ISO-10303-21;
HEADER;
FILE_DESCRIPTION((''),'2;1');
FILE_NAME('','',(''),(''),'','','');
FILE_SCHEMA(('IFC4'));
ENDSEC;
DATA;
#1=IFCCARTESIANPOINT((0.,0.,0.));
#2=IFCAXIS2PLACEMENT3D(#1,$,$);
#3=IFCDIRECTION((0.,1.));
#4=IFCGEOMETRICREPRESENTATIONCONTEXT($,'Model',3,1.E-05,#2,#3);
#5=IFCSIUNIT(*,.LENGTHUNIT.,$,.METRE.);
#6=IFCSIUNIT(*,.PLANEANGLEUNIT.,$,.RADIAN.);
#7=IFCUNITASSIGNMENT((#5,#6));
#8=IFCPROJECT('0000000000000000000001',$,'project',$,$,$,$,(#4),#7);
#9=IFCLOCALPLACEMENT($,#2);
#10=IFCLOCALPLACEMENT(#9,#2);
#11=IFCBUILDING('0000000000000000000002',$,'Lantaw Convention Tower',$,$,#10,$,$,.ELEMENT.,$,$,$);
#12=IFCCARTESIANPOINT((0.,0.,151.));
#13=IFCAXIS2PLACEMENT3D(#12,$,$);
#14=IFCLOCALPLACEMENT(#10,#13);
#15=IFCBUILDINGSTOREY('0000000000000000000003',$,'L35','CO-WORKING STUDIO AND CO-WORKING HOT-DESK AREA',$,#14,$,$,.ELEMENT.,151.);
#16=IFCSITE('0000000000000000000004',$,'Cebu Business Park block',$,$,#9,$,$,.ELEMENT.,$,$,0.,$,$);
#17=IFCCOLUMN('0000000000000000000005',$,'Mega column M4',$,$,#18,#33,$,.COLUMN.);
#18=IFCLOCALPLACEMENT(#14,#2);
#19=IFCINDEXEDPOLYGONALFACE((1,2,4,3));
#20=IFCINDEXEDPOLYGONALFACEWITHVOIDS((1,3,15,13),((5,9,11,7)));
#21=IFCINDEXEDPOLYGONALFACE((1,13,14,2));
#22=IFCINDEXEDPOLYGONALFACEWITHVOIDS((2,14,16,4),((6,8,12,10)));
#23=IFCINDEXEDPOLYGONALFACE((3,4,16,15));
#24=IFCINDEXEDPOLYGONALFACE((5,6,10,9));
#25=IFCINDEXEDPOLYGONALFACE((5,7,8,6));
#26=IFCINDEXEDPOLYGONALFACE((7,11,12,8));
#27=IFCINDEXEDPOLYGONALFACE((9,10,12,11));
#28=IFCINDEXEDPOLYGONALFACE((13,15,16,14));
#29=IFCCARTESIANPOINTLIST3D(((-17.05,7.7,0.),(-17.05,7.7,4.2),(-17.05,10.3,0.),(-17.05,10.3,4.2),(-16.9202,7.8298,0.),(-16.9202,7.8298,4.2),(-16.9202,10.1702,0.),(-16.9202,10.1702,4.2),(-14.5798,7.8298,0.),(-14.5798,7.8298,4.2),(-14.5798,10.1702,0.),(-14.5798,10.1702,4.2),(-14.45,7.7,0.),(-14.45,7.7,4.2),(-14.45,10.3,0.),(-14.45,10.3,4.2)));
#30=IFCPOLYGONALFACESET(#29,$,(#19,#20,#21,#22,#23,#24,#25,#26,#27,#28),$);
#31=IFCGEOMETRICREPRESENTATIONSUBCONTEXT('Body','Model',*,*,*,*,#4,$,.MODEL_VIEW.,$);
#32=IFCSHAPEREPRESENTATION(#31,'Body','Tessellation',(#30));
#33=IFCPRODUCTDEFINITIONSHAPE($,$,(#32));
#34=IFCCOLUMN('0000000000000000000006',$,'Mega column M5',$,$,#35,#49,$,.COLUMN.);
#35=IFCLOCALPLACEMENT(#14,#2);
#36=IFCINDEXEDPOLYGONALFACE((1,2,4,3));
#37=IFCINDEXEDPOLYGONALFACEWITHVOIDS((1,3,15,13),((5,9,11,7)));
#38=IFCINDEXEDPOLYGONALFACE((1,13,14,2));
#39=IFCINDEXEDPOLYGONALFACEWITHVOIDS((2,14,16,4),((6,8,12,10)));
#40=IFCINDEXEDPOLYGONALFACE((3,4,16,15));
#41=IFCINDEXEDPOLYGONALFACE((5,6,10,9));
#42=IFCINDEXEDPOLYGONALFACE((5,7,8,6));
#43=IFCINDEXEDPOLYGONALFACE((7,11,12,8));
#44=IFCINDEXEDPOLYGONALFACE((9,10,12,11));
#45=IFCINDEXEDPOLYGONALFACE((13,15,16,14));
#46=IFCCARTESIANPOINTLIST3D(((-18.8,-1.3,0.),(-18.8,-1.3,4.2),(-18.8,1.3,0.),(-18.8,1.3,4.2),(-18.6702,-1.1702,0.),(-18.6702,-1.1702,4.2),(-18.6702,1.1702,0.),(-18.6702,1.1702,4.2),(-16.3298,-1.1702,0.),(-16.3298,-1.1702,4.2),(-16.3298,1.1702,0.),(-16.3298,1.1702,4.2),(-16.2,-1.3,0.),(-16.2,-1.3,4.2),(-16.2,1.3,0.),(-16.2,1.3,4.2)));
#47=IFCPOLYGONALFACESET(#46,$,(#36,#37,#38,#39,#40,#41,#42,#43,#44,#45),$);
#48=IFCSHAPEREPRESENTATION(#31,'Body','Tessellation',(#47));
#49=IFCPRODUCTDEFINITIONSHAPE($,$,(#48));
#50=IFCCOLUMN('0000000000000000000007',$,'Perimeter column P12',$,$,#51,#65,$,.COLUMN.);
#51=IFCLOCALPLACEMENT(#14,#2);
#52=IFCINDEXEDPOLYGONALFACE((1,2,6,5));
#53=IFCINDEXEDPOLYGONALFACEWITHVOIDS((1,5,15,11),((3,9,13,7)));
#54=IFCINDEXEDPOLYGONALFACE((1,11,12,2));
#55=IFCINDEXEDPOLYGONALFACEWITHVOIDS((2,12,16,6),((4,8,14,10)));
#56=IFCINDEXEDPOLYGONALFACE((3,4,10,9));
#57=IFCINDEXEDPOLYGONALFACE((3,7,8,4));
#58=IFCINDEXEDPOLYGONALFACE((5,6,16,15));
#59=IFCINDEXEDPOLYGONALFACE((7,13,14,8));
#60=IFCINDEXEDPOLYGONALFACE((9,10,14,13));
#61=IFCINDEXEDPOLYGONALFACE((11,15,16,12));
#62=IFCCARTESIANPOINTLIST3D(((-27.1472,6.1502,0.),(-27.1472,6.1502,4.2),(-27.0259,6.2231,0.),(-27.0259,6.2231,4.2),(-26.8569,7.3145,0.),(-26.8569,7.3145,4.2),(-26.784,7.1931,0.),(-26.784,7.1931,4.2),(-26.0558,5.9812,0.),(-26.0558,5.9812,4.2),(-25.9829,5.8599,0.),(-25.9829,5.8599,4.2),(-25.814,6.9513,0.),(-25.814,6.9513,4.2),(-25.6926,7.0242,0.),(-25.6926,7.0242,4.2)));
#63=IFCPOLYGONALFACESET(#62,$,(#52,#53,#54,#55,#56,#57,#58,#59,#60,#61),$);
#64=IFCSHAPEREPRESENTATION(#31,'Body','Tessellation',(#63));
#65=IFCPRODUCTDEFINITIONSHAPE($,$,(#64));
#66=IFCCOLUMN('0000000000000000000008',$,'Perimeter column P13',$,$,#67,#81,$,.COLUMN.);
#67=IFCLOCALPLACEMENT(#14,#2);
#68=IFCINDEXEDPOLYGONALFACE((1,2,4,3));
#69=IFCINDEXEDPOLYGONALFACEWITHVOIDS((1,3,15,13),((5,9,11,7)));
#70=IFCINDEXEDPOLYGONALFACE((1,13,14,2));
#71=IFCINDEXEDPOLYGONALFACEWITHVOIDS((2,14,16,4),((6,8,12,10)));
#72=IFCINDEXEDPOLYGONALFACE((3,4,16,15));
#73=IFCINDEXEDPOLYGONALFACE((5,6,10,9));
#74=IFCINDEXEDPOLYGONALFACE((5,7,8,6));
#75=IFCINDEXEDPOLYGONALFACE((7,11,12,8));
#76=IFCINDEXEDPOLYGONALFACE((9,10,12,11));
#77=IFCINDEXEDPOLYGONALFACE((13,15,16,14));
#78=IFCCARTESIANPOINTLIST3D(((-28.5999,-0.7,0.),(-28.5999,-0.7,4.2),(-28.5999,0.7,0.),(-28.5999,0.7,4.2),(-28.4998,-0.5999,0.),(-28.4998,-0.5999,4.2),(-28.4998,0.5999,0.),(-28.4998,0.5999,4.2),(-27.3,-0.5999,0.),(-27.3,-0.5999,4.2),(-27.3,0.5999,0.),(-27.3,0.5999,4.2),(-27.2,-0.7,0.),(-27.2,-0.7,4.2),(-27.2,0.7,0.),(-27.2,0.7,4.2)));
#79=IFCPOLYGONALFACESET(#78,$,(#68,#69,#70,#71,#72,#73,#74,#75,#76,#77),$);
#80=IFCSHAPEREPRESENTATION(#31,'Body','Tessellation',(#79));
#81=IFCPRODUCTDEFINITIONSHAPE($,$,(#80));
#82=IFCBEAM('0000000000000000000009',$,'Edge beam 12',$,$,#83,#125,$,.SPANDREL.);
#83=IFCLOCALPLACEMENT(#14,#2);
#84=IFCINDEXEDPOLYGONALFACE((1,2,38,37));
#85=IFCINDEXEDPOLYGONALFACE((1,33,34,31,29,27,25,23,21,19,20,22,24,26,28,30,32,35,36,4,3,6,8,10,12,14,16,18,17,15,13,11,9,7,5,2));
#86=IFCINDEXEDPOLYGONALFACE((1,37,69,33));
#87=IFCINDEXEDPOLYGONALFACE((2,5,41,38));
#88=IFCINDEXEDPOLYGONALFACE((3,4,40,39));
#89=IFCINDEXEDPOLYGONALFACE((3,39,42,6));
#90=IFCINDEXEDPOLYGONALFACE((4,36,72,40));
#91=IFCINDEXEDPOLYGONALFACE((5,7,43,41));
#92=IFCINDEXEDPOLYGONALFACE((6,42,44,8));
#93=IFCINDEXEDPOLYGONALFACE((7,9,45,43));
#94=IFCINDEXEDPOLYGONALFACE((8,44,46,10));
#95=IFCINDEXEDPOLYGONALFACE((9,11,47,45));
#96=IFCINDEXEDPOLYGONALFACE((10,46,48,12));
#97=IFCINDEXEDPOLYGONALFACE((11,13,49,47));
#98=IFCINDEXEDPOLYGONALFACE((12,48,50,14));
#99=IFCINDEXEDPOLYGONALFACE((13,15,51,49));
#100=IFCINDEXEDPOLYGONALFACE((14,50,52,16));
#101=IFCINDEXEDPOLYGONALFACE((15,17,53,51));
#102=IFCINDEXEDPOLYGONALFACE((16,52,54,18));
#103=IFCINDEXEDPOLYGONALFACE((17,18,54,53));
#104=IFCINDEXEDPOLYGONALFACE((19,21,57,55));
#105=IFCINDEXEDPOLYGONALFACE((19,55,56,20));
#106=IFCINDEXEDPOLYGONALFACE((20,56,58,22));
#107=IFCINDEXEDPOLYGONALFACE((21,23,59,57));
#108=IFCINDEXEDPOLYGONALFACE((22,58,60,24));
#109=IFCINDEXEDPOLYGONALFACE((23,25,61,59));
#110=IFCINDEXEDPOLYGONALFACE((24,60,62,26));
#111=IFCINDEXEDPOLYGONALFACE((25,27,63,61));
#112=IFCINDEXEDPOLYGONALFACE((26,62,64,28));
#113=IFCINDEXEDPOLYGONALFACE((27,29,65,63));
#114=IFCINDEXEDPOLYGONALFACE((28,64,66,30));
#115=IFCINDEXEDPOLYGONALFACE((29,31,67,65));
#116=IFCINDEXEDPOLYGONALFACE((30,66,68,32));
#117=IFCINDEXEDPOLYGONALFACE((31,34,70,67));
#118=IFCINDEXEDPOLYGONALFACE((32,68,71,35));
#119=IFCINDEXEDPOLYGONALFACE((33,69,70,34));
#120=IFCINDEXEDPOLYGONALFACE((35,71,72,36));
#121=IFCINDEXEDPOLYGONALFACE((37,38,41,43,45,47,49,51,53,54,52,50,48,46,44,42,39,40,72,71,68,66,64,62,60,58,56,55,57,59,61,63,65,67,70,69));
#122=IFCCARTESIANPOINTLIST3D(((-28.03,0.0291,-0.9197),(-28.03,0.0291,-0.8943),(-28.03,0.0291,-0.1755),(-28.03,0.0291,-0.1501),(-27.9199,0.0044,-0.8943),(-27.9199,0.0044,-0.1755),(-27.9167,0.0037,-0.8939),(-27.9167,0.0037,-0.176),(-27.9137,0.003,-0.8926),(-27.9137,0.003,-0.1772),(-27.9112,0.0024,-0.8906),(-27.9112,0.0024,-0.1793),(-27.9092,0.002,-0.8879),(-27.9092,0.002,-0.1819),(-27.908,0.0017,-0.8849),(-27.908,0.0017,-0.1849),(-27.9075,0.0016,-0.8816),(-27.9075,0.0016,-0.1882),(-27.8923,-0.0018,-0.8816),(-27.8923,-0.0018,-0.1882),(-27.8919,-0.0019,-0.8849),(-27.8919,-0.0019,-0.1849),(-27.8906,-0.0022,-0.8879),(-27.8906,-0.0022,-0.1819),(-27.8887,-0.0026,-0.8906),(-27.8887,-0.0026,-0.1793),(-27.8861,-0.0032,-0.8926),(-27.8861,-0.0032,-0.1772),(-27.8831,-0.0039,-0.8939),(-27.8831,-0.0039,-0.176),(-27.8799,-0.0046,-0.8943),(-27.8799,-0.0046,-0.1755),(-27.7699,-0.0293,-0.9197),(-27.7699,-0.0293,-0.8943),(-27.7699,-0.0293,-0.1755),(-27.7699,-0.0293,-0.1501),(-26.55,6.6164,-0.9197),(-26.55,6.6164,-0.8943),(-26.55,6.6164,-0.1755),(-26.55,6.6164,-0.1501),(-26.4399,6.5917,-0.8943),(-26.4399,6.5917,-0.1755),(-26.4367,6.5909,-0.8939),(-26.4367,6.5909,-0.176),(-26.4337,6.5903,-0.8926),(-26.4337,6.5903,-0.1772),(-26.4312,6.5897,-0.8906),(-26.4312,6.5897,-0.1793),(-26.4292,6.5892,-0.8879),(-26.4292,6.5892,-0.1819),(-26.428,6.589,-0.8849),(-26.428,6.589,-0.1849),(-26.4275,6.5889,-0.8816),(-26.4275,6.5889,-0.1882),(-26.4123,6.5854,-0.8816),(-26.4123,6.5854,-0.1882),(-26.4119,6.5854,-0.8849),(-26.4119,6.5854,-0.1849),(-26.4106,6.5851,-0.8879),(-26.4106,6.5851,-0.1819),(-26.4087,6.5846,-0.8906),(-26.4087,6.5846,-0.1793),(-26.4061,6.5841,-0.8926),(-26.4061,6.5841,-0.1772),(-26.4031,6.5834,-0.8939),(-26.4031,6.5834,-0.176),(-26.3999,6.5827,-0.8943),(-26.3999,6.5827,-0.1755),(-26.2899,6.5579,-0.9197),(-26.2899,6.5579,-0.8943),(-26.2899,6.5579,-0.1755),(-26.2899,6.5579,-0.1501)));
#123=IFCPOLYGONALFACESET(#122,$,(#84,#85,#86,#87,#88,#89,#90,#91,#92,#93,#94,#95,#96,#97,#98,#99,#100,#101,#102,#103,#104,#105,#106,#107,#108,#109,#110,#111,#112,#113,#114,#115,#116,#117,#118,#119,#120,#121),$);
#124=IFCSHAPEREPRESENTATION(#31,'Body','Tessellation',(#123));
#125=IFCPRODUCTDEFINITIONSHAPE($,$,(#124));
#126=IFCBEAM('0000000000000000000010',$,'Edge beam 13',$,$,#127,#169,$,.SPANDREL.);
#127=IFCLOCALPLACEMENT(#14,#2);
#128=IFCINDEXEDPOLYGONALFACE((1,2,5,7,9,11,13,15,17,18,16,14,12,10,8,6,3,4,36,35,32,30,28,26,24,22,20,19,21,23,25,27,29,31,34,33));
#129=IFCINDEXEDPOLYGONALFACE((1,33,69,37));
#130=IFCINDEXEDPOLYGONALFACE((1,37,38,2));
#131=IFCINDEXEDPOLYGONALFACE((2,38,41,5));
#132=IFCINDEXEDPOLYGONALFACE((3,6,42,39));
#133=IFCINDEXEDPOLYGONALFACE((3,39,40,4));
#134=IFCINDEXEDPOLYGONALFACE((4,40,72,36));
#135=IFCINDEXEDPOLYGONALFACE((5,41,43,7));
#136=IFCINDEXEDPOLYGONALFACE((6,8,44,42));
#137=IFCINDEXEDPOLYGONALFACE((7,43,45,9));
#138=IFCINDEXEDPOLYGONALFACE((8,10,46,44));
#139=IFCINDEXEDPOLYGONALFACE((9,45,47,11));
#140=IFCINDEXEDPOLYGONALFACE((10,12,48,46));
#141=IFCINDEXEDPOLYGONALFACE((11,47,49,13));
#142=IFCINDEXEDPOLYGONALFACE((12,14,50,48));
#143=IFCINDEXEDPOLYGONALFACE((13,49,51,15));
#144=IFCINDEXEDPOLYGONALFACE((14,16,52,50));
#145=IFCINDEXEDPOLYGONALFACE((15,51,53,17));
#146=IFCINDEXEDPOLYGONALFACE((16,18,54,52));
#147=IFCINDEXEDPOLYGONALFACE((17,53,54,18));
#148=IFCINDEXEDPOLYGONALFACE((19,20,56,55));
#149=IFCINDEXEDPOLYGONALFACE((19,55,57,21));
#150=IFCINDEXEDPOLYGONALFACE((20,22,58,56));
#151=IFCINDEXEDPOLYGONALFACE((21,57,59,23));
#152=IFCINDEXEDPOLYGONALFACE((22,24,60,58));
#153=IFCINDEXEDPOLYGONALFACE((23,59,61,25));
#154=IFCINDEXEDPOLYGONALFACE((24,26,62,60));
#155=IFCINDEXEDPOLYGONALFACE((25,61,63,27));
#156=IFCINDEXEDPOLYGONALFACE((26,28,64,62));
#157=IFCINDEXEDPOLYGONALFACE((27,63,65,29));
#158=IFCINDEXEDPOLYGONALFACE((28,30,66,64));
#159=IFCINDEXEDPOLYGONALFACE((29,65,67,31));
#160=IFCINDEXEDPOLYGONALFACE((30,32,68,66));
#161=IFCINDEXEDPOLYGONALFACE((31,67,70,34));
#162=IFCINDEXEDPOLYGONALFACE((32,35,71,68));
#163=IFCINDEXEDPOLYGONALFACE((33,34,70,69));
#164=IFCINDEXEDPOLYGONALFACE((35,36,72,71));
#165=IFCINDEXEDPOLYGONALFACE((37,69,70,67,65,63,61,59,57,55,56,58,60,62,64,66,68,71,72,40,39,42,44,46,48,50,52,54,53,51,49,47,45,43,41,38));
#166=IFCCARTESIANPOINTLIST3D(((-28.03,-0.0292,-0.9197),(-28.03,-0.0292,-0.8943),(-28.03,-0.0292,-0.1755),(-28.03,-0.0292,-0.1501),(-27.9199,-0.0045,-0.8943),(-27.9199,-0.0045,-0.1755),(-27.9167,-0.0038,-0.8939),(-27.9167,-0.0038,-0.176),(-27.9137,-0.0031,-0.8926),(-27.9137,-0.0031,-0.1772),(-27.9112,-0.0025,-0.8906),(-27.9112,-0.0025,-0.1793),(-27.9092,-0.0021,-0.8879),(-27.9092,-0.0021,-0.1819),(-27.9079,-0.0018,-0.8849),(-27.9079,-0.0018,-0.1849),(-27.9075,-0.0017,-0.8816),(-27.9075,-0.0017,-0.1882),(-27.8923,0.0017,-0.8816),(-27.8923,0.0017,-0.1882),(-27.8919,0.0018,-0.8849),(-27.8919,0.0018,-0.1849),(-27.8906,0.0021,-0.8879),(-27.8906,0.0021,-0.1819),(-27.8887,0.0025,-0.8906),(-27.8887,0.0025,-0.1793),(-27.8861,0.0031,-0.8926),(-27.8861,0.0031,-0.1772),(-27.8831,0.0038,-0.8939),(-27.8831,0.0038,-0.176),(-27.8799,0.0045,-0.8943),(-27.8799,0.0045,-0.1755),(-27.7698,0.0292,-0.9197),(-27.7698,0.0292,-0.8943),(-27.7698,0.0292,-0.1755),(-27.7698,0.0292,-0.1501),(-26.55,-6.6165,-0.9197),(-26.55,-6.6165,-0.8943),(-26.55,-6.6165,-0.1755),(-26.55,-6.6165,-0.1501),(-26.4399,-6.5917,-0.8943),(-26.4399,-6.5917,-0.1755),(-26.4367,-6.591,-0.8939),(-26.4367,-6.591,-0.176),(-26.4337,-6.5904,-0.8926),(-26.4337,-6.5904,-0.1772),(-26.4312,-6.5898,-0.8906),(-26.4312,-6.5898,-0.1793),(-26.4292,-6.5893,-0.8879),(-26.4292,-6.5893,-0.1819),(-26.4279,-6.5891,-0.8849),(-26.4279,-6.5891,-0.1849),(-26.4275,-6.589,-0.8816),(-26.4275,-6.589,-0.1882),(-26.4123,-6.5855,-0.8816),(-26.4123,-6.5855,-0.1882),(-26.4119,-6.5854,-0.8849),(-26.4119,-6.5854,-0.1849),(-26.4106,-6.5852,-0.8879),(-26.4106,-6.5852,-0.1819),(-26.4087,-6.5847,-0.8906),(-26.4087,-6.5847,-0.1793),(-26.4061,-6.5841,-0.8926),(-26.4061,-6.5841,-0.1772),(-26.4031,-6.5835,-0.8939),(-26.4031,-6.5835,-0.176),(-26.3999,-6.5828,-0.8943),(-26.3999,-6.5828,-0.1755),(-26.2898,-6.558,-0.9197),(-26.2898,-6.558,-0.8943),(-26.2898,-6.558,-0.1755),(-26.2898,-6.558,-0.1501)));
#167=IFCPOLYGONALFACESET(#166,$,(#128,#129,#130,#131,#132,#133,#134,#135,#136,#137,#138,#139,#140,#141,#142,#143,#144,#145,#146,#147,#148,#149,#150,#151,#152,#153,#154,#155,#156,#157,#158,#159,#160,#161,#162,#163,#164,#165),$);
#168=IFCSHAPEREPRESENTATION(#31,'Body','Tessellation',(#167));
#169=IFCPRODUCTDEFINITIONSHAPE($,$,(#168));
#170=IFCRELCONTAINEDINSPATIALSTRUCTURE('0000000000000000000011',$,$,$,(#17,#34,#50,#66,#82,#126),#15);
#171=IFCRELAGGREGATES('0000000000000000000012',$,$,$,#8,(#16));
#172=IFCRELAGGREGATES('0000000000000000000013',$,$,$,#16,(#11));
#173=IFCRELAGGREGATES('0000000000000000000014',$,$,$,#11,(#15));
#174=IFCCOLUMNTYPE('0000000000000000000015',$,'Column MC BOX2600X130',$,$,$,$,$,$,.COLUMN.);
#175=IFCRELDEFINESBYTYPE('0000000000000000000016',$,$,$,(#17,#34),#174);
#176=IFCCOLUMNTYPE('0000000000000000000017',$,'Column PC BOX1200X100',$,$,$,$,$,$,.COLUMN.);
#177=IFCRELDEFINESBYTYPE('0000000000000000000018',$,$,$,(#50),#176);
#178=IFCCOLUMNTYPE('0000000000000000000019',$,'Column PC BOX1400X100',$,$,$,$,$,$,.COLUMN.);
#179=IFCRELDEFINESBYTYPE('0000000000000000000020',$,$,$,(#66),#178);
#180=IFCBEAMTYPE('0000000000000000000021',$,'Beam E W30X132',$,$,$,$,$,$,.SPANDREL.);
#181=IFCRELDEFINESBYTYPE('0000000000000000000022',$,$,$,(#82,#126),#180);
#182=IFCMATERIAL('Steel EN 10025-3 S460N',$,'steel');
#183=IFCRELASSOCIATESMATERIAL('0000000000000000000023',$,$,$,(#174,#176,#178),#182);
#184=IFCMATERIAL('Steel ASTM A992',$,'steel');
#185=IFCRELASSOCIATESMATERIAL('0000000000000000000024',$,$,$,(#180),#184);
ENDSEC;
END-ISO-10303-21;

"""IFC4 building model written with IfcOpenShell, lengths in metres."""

from ifc_helpers import new_model, si_unit, direction, frame, origin, origin_2d, place, context, subcontext, project, spatial, rectangle, hollow_rectangle, i_section, extrude, material, material_profile, profile_set, type_object, element, save


model = new_model("IFC4")

# Units and contexts
model_context = context("Model", 3, precision=1e-05, world=origin(), true_north=direction((0.0, 1.0)))
body_context = subcontext(model_context, "Body", "Model", "MODEL_VIEW")
ifc_project = project(units=[si_unit("LENGTHUNIT", "METRE"), si_unit("PLANEANGLEUNIT", "RADIAN")], contexts=[model_context])

# Site, building, storey
site_placement = place(None, origin())
site = spatial("IfcSite", under=ifc_project, at=site_placement, Name="Cebu Business Park block", CompositionType="ELEMENT", RefElevation=0.0)
building_placement = place(site_placement, origin())
building = spatial("IfcBuilding", under=site, at=building_placement, Name="Lantaw Convention Tower", CompositionType="ELEMENT")
storey_placement = place(building_placement, frame((0.0, 0.0, 151.0)))
storey = spatial("IfcBuildingStorey", under=building, at=storey_placement, Name="L35", Description="CO-WORKING STUDIO AND CO-WORKING HOT-DESK AREA", CompositionType="ELEMENT", Elevation=151.0)

# Columns
ifc_material_1 = material(Name="Steel EN 10025-3 S460N", Category="steel")
ifc_material_profile_1 = material_profile(ifc_material_1, hollow_rectangle(XDim=2.6001, YDim=2.6001, WallThickness=0.1299, at=origin_2d()), Name="BOX2600X130")
ifc_material_2 = material(Name="Concrete C60/75", Category="concrete")
ifc_material_profile_2 = material_profile(ifc_material_2, rectangle(XDim=2.3401, YDim=2.3401, at=origin_2d()), Name="Concrete fill of BOX2600X130")
ifc_profile_set_1 = profile_set([ifc_material_profile_1, ifc_material_profile_2], Name="Steel EN 10025-3 S460N")
column_type_1 = type_object("IfcColumnType", Name="Column MC BOX2600X130", PredefinedType="COLUMN", material=ifc_profile_set_1)
for number, where, z_axis, x_axis, name in (
    (1, (-15.75, 9.0, 0.0), (0.0, 0.0, 1.0), (1.0, 0.0, 0.0), "Mega column M4"),
    (2, (-17.5, 0.0, 0.0), (0.0, 0.0, 1.0), (1.0, 0.0, 0.0), "Mega column M5"),
):
    element("IfcColumn", number, at=place(storey_placement, frame(where, z_axis=z_axis, x_axis=x_axis)), inside=storey, type_object=column_type_1, Name=name, PredefinedType="COLUMN", context=body_context, shape_type="SweptSolid", body=[
        extrude(hollow_rectangle(XDim=2.6001, YDim=2.6001, WallThickness=0.1299, at=origin_2d()), origin(), (0.0, 0.0, 1.0), 4.2),
    ])
ifc_material_profile_3 = material_profile(ifc_material_1, hollow_rectangle(XDim=1.2, YDim=1.2, WallThickness=0.1001, at=origin_2d()), Name="BOX1200X100")
ifc_material_profile_4 = material_profile(ifc_material_2, rectangle(XDim=1.0, YDim=1.0, at=origin_2d()), Name="Concrete fill of BOX1200X100")
ifc_profile_set_2 = profile_set([ifc_material_profile_3, ifc_material_profile_4], Name="Steel EN 10025-3 S460N")
column_type_2 = type_object("IfcColumnType", Name="Column PC BOX1200X100", PredefinedType="COLUMN", material=ifc_profile_set_2)
column_1_placement = place(storey_placement, frame((-26.4199, 6.5872, 0.0), z_axis=(0.0, 0.0, 1.0), x_axis=(0.241922, 0.970296, 0.0)))
element("IfcColumn", 3, at=column_1_placement, inside=storey, type_object=column_type_2, Name="Perimeter column P12", PredefinedType="COLUMN", context=body_context, shape_type="SweptSolid", body=[
    extrude(hollow_rectangle(XDim=1.2, YDim=1.2, WallThickness=0.1001, at=origin_2d()), origin(), (0.0, 0.0, 1.0), 4.2),
])
ifc_material_profile_5 = material_profile(ifc_material_1, hollow_rectangle(XDim=1.3999, YDim=1.3999, WallThickness=0.1001, at=origin_2d()), Name="BOX1400X100")
ifc_material_profile_6 = material_profile(ifc_material_2, rectangle(XDim=1.2, YDim=1.2, at=origin_2d()), Name="Concrete fill of BOX1400X100")
ifc_profile_set_3 = profile_set([ifc_material_profile_5, ifc_material_profile_6], Name="Steel EN 10025-3 S460N")
column_type_3 = type_object("IfcColumnType", Name="Column PC BOX1400X100", PredefinedType="COLUMN", material=ifc_profile_set_3)
column_2_placement = place(storey_placement, frame((-27.8999, 0.0, 0.0), z_axis=(0.0, 0.0, 1.0), x_axis=(1.0, 0.0, 0.0)))
element("IfcColumn", 4, at=column_2_placement, inside=storey, type_object=column_type_3, Name="Perimeter column P13", PredefinedType="COLUMN", context=body_context, shape_type="SweptSolid", body=[
    extrude(hollow_rectangle(XDim=1.3999, YDim=1.3999, WallThickness=0.1001, at=origin_2d()), origin(), (0.0, 0.0, 1.0), 4.2),
])

# Beams
ifc_material_3 = material(Name="Steel ASTM A992", Category="steel")
ifc_material_profile_7 = material_profile(ifc_material_3, i_section(OverallWidth=0.2666, OverallDepth=0.7695, WebThickness=0.0156, FlangeThickness=0.0254, FilletRadius=0.0127, at=origin_2d()), Name="W30X132")
ifc_profile_set_4 = profile_set([ifc_material_profile_7], Name="Steel ASTM A992")
beam_type_1 = type_object("IfcBeamType", Name="Beam E W30X132", PredefinedType="SPANDREL", material=ifc_profile_set_4)
for number, where, z_axis, x_axis, name in (
    (5, (-26.4199, 6.5872, -0.5349), (-0.219212, -0.975677, 0.0), (0.975677, -0.219212, 0.0), "Edge beam 12"),
    (6, (-27.8999, 0.0, -0.5349), (0.219212, -0.975677, 0.0), (0.975677, 0.219212, 0.0), "Edge beam 13"),
):
    element("IfcBeam", number, at=place(storey_placement, frame(where, z_axis=z_axis, x_axis=x_axis)), inside=storey, type_object=beam_type_1, Name=name, PredefinedType="SPANDREL", context=body_context, shape_type="SweptSolid", body=[
        extrude(i_section(OverallWidth=0.2666, OverallDepth=0.7695, WebThickness=0.0156, FlangeThickness=0.0254, FilletRadius=0.0127, at=origin_2d()), origin(), (0.0, 0.0, 1.0), 6.7515),
    ])

save(model, "model.ifc")
